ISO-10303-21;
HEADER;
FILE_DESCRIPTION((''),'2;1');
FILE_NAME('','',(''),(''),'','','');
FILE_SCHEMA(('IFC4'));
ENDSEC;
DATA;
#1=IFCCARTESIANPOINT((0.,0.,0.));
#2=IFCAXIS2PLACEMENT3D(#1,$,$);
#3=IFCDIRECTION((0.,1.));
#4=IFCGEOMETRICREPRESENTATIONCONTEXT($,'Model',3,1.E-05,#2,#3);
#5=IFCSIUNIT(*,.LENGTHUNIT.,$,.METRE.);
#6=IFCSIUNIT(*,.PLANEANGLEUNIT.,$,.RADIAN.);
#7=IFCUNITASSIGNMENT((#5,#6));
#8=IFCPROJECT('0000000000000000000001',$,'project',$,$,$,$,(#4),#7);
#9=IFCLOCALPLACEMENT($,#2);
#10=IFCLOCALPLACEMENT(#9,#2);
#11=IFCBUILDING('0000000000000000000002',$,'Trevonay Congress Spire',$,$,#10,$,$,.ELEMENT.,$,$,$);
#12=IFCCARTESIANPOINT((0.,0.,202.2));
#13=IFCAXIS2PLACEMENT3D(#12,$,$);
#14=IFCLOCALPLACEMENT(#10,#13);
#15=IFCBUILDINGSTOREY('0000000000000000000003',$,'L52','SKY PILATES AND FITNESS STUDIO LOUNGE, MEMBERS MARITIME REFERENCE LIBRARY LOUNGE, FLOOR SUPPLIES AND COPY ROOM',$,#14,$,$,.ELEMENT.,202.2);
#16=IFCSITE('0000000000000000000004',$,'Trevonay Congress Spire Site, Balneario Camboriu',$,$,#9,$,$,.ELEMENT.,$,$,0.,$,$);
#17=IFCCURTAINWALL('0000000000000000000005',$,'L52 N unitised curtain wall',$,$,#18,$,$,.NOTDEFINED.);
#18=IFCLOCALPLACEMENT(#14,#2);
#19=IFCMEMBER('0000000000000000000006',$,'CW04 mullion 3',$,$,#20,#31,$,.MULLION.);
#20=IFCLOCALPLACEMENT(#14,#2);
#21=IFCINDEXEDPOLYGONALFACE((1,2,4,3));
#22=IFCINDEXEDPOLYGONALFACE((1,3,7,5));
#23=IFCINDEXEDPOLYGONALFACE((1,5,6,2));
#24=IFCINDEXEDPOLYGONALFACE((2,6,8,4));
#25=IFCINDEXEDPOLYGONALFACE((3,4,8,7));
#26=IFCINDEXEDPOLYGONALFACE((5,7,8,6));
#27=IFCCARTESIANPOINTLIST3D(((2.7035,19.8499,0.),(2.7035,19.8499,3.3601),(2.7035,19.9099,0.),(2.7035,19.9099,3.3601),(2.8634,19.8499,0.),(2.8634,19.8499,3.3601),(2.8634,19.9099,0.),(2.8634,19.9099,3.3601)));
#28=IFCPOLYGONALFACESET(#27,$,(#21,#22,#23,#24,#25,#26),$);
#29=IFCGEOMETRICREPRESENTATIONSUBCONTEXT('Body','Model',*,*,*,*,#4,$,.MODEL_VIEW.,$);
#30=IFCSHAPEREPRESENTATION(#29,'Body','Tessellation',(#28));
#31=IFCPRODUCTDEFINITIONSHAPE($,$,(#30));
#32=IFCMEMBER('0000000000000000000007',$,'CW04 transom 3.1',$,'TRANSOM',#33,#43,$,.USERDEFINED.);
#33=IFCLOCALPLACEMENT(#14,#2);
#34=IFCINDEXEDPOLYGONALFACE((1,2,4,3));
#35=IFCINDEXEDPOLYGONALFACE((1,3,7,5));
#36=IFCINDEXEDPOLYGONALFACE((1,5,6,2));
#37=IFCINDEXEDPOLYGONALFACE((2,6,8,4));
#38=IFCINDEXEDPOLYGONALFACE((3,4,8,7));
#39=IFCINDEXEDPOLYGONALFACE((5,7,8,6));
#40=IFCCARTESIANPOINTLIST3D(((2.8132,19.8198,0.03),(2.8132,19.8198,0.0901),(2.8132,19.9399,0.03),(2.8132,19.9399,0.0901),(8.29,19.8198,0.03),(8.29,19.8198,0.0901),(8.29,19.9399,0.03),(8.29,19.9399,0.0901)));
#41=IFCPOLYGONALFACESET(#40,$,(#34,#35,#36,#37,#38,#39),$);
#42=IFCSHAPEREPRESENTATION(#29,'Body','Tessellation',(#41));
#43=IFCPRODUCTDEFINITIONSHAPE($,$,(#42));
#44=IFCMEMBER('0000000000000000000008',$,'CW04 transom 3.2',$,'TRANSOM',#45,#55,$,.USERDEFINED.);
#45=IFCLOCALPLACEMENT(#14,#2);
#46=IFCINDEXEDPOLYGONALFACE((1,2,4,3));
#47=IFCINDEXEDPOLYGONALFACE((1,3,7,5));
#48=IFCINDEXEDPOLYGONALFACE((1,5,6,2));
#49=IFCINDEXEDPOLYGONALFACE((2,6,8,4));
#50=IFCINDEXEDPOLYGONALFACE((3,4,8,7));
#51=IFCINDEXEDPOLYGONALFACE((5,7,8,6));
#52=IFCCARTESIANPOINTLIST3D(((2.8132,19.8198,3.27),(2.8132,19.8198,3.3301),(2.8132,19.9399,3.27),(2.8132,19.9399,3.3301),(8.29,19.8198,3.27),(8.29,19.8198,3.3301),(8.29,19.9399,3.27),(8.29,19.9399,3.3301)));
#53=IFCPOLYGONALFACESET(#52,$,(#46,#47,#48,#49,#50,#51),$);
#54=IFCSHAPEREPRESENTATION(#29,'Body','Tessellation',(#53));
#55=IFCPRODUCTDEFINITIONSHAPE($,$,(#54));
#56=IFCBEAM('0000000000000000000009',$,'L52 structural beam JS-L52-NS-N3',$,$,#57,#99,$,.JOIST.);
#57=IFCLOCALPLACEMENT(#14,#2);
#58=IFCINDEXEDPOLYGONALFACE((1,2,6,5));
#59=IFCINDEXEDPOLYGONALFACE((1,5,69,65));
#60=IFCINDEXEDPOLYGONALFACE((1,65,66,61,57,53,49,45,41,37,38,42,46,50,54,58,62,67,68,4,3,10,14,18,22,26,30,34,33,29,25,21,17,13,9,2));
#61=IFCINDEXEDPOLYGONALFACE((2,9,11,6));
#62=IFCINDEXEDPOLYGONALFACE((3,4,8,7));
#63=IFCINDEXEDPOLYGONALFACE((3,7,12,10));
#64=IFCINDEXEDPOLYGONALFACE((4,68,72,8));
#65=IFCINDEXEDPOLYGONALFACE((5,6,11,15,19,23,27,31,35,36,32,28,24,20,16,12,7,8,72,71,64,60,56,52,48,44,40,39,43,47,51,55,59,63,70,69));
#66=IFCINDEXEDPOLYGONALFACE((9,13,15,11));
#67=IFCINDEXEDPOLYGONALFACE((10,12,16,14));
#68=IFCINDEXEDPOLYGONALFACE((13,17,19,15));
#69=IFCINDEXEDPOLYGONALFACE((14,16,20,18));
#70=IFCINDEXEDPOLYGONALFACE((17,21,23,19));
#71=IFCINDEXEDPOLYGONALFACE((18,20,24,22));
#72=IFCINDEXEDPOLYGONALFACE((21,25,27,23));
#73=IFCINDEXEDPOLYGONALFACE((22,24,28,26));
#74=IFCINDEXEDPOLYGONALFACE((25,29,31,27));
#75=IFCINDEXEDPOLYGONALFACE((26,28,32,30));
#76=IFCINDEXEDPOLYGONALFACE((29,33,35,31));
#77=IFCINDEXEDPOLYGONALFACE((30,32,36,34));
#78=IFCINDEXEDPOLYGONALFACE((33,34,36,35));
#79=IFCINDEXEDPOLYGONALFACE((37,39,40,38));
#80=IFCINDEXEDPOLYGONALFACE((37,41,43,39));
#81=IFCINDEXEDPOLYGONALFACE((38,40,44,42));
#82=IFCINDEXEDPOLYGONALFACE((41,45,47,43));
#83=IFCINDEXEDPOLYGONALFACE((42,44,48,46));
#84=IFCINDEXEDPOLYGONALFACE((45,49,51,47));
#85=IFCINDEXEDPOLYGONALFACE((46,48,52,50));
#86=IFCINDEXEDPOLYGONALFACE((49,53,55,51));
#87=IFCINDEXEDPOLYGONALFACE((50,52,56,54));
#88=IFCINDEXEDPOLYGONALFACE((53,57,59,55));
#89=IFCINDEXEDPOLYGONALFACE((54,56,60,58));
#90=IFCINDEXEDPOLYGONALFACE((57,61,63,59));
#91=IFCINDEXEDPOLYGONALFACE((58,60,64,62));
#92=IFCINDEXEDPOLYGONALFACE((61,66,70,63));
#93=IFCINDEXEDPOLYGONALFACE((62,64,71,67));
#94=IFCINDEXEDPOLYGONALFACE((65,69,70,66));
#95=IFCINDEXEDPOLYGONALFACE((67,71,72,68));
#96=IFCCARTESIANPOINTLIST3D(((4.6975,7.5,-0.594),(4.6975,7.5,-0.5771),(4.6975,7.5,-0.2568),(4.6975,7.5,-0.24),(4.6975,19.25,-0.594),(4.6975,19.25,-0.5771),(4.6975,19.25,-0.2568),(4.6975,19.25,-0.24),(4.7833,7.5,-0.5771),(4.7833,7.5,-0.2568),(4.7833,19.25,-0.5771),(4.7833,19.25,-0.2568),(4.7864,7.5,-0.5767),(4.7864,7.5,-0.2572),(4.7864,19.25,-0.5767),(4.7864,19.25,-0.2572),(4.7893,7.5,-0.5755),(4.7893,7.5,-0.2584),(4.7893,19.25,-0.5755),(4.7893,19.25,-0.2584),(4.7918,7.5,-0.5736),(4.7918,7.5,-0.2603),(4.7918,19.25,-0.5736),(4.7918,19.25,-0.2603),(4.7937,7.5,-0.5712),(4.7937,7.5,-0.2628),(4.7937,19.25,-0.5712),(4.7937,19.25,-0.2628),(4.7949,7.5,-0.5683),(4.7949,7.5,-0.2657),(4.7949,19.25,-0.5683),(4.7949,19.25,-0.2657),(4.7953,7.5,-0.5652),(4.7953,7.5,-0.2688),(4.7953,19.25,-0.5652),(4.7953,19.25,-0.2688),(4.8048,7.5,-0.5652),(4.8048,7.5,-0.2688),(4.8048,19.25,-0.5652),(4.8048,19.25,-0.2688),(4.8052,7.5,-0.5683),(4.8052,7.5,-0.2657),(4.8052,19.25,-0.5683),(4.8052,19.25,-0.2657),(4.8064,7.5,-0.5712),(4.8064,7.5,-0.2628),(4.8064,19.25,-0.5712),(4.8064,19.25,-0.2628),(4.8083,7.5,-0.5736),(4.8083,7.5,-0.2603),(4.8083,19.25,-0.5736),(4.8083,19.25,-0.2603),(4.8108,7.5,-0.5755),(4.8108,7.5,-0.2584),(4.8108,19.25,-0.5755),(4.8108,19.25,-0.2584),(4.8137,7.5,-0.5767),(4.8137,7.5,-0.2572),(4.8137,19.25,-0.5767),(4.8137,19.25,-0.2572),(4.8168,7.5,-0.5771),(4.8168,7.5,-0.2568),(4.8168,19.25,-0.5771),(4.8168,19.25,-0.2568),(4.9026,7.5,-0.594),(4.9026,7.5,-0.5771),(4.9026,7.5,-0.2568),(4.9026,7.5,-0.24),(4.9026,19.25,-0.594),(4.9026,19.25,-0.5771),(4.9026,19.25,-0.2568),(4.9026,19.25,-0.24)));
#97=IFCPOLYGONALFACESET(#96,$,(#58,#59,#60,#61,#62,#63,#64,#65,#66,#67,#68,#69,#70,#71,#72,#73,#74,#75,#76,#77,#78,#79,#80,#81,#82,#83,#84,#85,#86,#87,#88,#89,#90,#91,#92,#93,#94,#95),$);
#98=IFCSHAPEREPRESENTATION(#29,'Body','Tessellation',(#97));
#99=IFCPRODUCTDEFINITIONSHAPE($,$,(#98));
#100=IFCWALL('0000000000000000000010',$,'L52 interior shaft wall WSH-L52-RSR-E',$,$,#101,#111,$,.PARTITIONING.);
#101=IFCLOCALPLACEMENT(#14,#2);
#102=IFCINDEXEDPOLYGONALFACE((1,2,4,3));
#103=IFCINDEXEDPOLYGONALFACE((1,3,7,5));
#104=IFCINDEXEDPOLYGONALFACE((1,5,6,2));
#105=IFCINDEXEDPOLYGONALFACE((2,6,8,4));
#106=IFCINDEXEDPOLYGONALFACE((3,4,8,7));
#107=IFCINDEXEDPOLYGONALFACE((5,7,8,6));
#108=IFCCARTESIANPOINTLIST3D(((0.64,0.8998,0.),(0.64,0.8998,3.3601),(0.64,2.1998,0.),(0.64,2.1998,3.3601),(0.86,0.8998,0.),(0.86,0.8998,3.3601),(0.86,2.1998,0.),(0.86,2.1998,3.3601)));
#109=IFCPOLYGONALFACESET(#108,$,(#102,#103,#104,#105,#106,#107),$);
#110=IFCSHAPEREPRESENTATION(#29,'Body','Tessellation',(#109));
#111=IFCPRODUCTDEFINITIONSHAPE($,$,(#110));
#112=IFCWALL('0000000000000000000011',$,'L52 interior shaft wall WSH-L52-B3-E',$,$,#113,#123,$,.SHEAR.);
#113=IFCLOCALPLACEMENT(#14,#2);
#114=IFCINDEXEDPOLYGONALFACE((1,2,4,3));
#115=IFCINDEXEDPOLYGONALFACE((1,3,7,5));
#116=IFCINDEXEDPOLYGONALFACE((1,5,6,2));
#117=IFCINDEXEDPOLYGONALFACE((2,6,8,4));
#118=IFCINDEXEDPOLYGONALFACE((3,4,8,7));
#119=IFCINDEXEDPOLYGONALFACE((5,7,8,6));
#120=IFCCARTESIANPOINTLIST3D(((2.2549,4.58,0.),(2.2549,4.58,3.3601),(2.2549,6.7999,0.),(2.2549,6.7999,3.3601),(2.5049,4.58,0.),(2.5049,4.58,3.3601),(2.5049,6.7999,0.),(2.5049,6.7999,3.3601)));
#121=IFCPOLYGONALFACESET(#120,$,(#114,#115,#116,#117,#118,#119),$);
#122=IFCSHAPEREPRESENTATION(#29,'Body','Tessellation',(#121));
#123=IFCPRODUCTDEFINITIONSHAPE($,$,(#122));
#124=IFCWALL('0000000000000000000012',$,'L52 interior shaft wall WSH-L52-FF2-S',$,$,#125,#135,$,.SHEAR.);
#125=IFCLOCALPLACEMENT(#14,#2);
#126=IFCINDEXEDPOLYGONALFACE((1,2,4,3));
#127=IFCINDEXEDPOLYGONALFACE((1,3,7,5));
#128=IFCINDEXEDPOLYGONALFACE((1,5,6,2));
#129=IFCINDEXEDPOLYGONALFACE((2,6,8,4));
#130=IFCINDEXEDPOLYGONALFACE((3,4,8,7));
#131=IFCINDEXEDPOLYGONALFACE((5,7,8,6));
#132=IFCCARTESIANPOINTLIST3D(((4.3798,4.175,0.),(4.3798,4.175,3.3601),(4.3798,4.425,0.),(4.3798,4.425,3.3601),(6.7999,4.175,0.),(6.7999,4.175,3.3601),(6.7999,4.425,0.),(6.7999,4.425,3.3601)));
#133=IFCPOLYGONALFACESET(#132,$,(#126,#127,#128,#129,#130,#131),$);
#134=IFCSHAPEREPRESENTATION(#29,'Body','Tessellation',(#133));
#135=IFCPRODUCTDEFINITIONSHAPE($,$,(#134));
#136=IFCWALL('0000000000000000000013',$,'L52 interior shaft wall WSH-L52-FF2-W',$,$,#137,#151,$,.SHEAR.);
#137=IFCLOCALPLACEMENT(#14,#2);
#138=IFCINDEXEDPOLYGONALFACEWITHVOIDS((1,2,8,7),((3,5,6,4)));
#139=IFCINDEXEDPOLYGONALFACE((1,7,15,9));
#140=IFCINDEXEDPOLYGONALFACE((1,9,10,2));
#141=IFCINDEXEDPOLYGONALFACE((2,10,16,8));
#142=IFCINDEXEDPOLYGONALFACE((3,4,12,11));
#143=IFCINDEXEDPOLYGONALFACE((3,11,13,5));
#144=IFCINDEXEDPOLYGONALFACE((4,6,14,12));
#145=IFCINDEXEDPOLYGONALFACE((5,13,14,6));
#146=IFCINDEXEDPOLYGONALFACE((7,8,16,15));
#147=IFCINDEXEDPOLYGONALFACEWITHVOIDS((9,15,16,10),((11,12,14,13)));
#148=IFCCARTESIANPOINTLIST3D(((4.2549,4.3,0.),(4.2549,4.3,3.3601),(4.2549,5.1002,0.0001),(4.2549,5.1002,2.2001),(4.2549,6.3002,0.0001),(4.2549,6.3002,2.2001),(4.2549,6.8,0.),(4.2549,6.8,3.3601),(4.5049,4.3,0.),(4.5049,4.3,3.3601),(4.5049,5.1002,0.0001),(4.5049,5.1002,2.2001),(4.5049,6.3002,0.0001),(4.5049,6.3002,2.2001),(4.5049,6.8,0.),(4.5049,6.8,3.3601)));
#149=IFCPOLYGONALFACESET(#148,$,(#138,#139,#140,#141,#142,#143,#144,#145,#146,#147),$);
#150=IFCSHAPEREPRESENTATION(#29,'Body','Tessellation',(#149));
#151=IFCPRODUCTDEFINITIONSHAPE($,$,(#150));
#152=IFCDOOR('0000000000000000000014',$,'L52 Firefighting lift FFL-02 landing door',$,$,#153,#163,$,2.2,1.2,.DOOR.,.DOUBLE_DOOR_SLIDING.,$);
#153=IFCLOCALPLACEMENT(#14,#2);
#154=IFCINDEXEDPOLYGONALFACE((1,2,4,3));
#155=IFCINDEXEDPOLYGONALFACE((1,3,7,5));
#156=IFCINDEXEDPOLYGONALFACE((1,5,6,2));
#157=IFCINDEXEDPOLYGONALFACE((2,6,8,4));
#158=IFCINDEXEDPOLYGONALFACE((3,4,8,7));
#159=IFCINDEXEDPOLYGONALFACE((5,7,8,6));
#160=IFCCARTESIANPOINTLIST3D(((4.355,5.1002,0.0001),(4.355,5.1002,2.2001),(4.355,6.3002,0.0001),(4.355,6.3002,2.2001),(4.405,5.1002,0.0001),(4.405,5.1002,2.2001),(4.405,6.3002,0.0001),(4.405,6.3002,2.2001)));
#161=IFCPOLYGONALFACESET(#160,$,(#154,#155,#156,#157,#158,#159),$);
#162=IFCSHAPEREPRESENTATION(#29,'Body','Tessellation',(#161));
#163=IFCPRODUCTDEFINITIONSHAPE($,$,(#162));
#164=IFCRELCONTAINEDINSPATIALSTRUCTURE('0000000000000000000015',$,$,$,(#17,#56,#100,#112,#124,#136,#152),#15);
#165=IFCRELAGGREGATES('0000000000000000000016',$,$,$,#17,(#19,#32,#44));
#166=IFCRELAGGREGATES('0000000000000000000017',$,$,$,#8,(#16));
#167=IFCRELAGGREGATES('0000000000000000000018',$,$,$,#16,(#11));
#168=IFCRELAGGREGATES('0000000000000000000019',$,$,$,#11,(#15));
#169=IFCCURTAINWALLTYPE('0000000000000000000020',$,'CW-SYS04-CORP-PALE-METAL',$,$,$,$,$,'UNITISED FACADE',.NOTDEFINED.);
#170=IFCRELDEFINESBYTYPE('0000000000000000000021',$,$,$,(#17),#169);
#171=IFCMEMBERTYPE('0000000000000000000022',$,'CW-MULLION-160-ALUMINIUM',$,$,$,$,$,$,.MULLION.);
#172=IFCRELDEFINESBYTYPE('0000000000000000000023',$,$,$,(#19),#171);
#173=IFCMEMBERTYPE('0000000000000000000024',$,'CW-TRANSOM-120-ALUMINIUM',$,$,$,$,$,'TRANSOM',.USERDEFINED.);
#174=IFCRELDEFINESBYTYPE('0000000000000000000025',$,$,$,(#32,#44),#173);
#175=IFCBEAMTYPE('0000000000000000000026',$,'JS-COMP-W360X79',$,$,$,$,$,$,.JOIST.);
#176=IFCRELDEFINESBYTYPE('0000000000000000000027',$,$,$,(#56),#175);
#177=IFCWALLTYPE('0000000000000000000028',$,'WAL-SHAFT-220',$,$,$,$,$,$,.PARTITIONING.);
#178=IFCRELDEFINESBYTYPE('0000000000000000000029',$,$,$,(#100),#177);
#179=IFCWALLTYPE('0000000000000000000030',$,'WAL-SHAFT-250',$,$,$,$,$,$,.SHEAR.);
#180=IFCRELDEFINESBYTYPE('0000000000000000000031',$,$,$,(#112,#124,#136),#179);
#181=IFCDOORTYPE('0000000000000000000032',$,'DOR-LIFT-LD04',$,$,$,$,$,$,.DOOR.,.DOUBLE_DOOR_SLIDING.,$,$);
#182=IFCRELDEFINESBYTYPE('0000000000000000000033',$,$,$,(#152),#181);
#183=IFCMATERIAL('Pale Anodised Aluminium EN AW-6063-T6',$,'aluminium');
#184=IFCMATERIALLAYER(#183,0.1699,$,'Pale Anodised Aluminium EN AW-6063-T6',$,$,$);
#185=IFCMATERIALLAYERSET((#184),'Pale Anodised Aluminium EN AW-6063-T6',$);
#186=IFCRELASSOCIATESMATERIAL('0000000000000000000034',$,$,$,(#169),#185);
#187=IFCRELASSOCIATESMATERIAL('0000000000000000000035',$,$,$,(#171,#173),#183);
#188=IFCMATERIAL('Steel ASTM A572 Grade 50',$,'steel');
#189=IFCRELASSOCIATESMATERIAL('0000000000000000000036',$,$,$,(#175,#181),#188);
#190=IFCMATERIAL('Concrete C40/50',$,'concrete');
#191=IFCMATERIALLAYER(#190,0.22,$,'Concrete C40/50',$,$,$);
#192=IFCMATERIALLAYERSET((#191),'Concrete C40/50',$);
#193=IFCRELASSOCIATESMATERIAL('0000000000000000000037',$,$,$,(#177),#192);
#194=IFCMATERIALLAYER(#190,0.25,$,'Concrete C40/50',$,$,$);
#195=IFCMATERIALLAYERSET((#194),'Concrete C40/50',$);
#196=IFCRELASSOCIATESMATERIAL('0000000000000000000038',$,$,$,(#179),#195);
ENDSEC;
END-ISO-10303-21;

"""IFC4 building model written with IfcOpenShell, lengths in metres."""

from ifc_helpers import new_model, si_unit, direction, frame, frame_2d, origin, origin_2d, place, context, subcontext, project, spatial, rectangle, i_section, extrude, material, layer, layer_set, material_profile, profile_set, type_object, element, fill, aggregate, save


model = new_model("IFC4")

# Units and contexts
model_context = context("Model", 3, precision=1e-05, world=origin(), true_north=direction((0.0, 1.0)))
body_context = subcontext(model_context, "Body", "Model", "MODEL_VIEW")
ifc_project = project(units=[si_unit("LENGTHUNIT", "METRE"), si_unit("PLANEANGLEUNIT", "RADIAN")], contexts=[model_context])

# Site, building, storey
site_placement = place(None, origin())
site = spatial("IfcSite", under=ifc_project, at=site_placement, Name="Trevonay Congress Spire Site, Balneario Camboriu", CompositionType="ELEMENT", RefElevation=0.0)
building_placement = place(site_placement, origin())
building = spatial("IfcBuilding", under=site, at=building_placement, Name="Trevonay Congress Spire", CompositionType="ELEMENT")
storey_placement = place(building_placement, frame((0.0, 0.0, 202.2)))
storey = spatial("IfcBuildingStorey", under=building, at=storey_placement, Name="L52", Description="SKY PILATES AND FITNESS STUDIO LOUNGE, MEMBERS MARITIME REFERENCE LIBRARY LOUNGE, FLOOR SUPPLIES AND COPY ROOM", CompositionType="ELEMENT", Elevation=202.2)

# Shared definitions
ifc_material_1 = material(Name="Steel ASTM A572 Grade 50", Category="steel")

# Curtain wall, members
ifc_material_2 = material(Name="Pale Anodised Aluminium EN AW-6063-T6", Category="aluminium")
ifc_layer_1 = layer(ifc_material_2, 0.1699, Name="Pale Anodised Aluminium EN AW-6063-T6")
ifc_layer_set_1 = layer_set([ifc_layer_1], Name="Pale Anodised Aluminium EN AW-6063-T6")
curtain_wall_type = type_object("IfcCurtainWallType", Name="CW-SYS04-CORP-PALE-METAL", ElementType="UNITISED FACADE", PredefinedType="NOTDEFINED", material=ifc_layer_set_1)
curtain_wall_placement = place(storey_placement, origin())
curtain_wall = element("IfcCurtainWall", 1, at=curtain_wall_placement, inside=storey, type_object=curtain_wall_type, Name="L52 N unitised curtain wall", PredefinedType="NOTDEFINED")
ifc_material_profile_1 = material_profile(ifc_material_2, rectangle(XDim=0.0601, YDim=0.1599, at=origin_2d()), Name="CW-MULLION-160-ALUMINIUM")
ifc_profile_set_1 = profile_set([ifc_material_profile_1], Name="Pale Anodised Aluminium EN AW-6063-T6")
member_type_1 = type_object("IfcMemberType", Name="CW-MULLION-160-ALUMINIUM", PredefinedType="MULLION", material=ifc_profile_set_1)
member_1_placement = place(storey_placement, frame((2.7834, 19.8799, 0.0), z_axis=(0.0, 0.0, 1.0), x_axis=(0.0, 1.0, 0.0)))
member_1 = element("IfcMember", 2, at=member_1_placement, type_object=member_type_1, Name="CW04 mullion 3", PredefinedType="MULLION", context=body_context, shape_type="SweptSolid", body=[
    extrude(rectangle(XDim=0.0601, YDim=0.1599, at=origin_2d()), origin(), (0.0, 0.0, 1.0), 3.3601),
])
ifc_material_profile_2 = material_profile(ifc_material_2, rectangle(XDim=0.1201, YDim=0.0601, at=origin_2d()), Name="CW-TRANSOM-120-ALUMINIUM")
ifc_profile_set_2 = profile_set([ifc_material_profile_2], Name="Pale Anodised Aluminium EN AW-6063-T6")
member_type_2 = type_object("IfcMemberType", Name="CW-TRANSOM-120-ALUMINIUM", ElementType="TRANSOM", PredefinedType="USERDEFINED", material=ifc_profile_set_2)
member_2_placement = place(storey_placement, frame((2.8132, 19.8799, 0.0601), z_axis=(1.0, 0.0, 0.0), x_axis=(0.0, 1.0, 0.0)))
member_2 = element("IfcMember", 3, at=member_2_placement, type_object=member_type_2, Name="CW04 transom 3.1", ObjectType="TRANSOM", PredefinedType="USERDEFINED", context=body_context, shape_type="SweptSolid", body=[
    extrude(rectangle(XDim=0.1201, YDim=0.0601, at=origin_2d()), origin(), (0.0, 0.0, 1.0), 5.4768),
])
member_3_placement = place(storey_placement, frame((2.8132, 19.8799, 3.3), z_axis=(1.0, 0.0, 0.0), x_axis=(0.0, 1.0, 0.0)))
member_3 = element("IfcMember", 4, at=member_3_placement, type_object=member_type_2, Name="CW04 transom 3.2", ObjectType="TRANSOM", PredefinedType="USERDEFINED", context=body_context, shape_type="SweptSolid", body=[
    extrude(rectangle(XDim=0.1201, YDim=0.0601, at=origin_2d()), origin(), (0.0, 0.0, 1.0), 5.4768),
])
aggregate(curtain_wall, [member_1, member_2, member_3])

# Beam
ifc_material_profile_3 = material_profile(ifc_material_1, i_section(OverallWidth=0.2051, OverallDepth=0.354, WebThickness=0.0095, FlangeThickness=0.0168, FilletRadius=0.012, at=origin_2d()), Name="W360x79")
ifc_profile_set_3 = profile_set([ifc_material_profile_3], Name="Steel ASTM A572 Grade 50")
beam_type_1 = type_object("IfcBeamType", Name="JS-COMP-W360X79", PredefinedType="JOIST", material=ifc_profile_set_3)
beam_1_placement = place(storey_placement, frame((4.8, 7.5, -0.417), z_axis=(0.0, 1.0, 0.0), x_axis=(-1.0, 0.0, 0.0)))
element("IfcBeam", 5, at=beam_1_placement, inside=storey, type_object=beam_type_1, Name="L52 structural beam JS-L52-NS-N3", PredefinedType="JOIST", context=body_context, shape_type="SweptSolid", body=[
    extrude(i_section(OverallWidth=0.2051, OverallDepth=0.354, WebThickness=0.0095, FlangeThickness=0.0168, FilletRadius=0.012, at=origin_2d()), origin(), (0.0, 0.0, 1.0), 11.75),
])

# Walls
ifc_material_3 = material(Name="Concrete C40/50", Category="concrete")
ifc_layer_2 = layer(ifc_material_3, 0.22, Name="Concrete C40/50")
ifc_layer_set_2 = layer_set([ifc_layer_2], Name="Concrete C40/50")
wall_type_1 = type_object("IfcWallType", Name="WAL-SHAFT-220", PredefinedType="PARTITIONING", material=ifc_layer_set_2)
wall_1_placement = place(storey_placement, frame((0.75, 0.8999, 0.0), z_axis=(0.0, 0.0, 1.0), x_axis=(0.0, 1.0, 0.0)))
element("IfcWall", 6, at=wall_1_placement, inside=storey, type_object=wall_type_1, Name="L52 interior shaft wall WSH-L52-RSR-E", PredefinedType="PARTITIONING", context=body_context, shape_type="SweptSolid", body=[
    extrude(rectangle(XDim=1.3, YDim=0.22, at=frame_2d((0.6499, 0.0))), origin(), (0.0, 0.0, 1.0), 3.3601),
])
ifc_layer_3 = layer(ifc_material_3, 0.25, Name="Concrete C40/50")
ifc_layer_set_3 = layer_set([ifc_layer_3], Name="Concrete C40/50")
wall_type_2 = type_object("IfcWallType", Name="WAL-SHAFT-250", PredefinedType="SHEAR", material=ifc_layer_set_3)
wall_2_placement = place(storey_placement, frame((2.3799, 4.5801, 0.0), z_axis=(0.0, 0.0, 1.0), x_axis=(0.0, 1.0, 0.0)))
element("IfcWall", 7, at=wall_2_placement, inside=storey, type_object=wall_type_2, Name="L52 interior shaft wall WSH-L52-B3-E", PredefinedType="SHEAR", context=body_context, shape_type="SweptSolid", body=[
    extrude(rectangle(XDim=2.22, YDim=0.25, at=frame_2d((1.1099, 0.0))), origin(), (0.0, 0.0, 1.0), 3.3601),
])
wall_3_placement = place(storey_placement, frame((4.3799, 4.3, 0.0), z_axis=(0.0, 0.0, 1.0), x_axis=(1.0, 0.0, 0.0)))
element("IfcWall", 8, at=wall_3_placement, inside=storey, type_object=wall_type_2, Name="L52 interior shaft wall WSH-L52-FF2-S", PredefinedType="SHEAR", context=body_context, shape_type="SweptSolid", body=[
    extrude(rectangle(XDim=2.4202, YDim=0.25, at=frame_2d((1.21, 0.0))), origin(), (0.0, 0.0, 1.0), 3.3601),
])

# Wall, opening, door
wall_4_placement = place(storey_placement, frame((4.3799, 4.3, 0.0), z_axis=(0.0, 0.0, 1.0), x_axis=(0.0, 1.0, 0.0)))
wall_4 = element("IfcWall", 9, at=wall_4_placement, inside=storey, type_object=wall_type_2, Name="L52 interior shaft wall WSH-L52-FF2-W", PredefinedType="SHEAR", context=body_context, shape_type="SweptSolid", body=[
    extrude(rectangle(XDim=2.5, YDim=0.25, at=frame_2d((1.25, 0.0))), origin(), (0.0, 0.0, 1.0), 3.3601),
])
opening_1_placement = place(wall_4_placement, frame((0.8, 0.0, 0.0)))
opening_1 = element("IfcOpeningElement", 10, at=opening_1_placement, cuts=wall_4, PredefinedType="OPENING", context=body_context, shape_type="SweptSolid", body=[
    extrude(rectangle(XDim=1.2, YDim=2.2, at=frame_2d((0.6001, 1.1001))), frame((0.0, 0.135, 0.0), z_axis=(0.0, -1.0, 0.0), x_axis=(1.0, 0.0, 0.0)), (0.0, 0.0, 1.0), 0.27),
])
door_type_1 = type_object("IfcDoorType", Name="DOR-LIFT-LD04", OperationType="DOUBLE_DOOR_SLIDING", PredefinedType="DOOR", material=ifc_material_1)
door_1_placement = place(opening_1_placement, origin())
door_1 = element("IfcDoor", 11, at=door_1_placement, inside=storey, type_object=door_type_1, Name="L52 Firefighting lift FFL-02 landing door", OperationType="DOUBLE_DOOR_SLIDING", OverallHeight=2.2, OverallWidth=1.2, PredefinedType="DOOR", context=body_context, shape_type="SweptSolid", body=[
    extrude(rectangle(XDim=1.2, YDim=2.2, at=frame_2d((0.6001, 1.1001))), frame((0.0, 0.0249, 0.0), z_axis=(0.0, -1.0, 0.0), x_axis=(1.0, 0.0, 0.0)), (0.0, 0.0, 1.0), 0.05),
])
fill(opening_1, door_1)

save(model, "model.ifc")
